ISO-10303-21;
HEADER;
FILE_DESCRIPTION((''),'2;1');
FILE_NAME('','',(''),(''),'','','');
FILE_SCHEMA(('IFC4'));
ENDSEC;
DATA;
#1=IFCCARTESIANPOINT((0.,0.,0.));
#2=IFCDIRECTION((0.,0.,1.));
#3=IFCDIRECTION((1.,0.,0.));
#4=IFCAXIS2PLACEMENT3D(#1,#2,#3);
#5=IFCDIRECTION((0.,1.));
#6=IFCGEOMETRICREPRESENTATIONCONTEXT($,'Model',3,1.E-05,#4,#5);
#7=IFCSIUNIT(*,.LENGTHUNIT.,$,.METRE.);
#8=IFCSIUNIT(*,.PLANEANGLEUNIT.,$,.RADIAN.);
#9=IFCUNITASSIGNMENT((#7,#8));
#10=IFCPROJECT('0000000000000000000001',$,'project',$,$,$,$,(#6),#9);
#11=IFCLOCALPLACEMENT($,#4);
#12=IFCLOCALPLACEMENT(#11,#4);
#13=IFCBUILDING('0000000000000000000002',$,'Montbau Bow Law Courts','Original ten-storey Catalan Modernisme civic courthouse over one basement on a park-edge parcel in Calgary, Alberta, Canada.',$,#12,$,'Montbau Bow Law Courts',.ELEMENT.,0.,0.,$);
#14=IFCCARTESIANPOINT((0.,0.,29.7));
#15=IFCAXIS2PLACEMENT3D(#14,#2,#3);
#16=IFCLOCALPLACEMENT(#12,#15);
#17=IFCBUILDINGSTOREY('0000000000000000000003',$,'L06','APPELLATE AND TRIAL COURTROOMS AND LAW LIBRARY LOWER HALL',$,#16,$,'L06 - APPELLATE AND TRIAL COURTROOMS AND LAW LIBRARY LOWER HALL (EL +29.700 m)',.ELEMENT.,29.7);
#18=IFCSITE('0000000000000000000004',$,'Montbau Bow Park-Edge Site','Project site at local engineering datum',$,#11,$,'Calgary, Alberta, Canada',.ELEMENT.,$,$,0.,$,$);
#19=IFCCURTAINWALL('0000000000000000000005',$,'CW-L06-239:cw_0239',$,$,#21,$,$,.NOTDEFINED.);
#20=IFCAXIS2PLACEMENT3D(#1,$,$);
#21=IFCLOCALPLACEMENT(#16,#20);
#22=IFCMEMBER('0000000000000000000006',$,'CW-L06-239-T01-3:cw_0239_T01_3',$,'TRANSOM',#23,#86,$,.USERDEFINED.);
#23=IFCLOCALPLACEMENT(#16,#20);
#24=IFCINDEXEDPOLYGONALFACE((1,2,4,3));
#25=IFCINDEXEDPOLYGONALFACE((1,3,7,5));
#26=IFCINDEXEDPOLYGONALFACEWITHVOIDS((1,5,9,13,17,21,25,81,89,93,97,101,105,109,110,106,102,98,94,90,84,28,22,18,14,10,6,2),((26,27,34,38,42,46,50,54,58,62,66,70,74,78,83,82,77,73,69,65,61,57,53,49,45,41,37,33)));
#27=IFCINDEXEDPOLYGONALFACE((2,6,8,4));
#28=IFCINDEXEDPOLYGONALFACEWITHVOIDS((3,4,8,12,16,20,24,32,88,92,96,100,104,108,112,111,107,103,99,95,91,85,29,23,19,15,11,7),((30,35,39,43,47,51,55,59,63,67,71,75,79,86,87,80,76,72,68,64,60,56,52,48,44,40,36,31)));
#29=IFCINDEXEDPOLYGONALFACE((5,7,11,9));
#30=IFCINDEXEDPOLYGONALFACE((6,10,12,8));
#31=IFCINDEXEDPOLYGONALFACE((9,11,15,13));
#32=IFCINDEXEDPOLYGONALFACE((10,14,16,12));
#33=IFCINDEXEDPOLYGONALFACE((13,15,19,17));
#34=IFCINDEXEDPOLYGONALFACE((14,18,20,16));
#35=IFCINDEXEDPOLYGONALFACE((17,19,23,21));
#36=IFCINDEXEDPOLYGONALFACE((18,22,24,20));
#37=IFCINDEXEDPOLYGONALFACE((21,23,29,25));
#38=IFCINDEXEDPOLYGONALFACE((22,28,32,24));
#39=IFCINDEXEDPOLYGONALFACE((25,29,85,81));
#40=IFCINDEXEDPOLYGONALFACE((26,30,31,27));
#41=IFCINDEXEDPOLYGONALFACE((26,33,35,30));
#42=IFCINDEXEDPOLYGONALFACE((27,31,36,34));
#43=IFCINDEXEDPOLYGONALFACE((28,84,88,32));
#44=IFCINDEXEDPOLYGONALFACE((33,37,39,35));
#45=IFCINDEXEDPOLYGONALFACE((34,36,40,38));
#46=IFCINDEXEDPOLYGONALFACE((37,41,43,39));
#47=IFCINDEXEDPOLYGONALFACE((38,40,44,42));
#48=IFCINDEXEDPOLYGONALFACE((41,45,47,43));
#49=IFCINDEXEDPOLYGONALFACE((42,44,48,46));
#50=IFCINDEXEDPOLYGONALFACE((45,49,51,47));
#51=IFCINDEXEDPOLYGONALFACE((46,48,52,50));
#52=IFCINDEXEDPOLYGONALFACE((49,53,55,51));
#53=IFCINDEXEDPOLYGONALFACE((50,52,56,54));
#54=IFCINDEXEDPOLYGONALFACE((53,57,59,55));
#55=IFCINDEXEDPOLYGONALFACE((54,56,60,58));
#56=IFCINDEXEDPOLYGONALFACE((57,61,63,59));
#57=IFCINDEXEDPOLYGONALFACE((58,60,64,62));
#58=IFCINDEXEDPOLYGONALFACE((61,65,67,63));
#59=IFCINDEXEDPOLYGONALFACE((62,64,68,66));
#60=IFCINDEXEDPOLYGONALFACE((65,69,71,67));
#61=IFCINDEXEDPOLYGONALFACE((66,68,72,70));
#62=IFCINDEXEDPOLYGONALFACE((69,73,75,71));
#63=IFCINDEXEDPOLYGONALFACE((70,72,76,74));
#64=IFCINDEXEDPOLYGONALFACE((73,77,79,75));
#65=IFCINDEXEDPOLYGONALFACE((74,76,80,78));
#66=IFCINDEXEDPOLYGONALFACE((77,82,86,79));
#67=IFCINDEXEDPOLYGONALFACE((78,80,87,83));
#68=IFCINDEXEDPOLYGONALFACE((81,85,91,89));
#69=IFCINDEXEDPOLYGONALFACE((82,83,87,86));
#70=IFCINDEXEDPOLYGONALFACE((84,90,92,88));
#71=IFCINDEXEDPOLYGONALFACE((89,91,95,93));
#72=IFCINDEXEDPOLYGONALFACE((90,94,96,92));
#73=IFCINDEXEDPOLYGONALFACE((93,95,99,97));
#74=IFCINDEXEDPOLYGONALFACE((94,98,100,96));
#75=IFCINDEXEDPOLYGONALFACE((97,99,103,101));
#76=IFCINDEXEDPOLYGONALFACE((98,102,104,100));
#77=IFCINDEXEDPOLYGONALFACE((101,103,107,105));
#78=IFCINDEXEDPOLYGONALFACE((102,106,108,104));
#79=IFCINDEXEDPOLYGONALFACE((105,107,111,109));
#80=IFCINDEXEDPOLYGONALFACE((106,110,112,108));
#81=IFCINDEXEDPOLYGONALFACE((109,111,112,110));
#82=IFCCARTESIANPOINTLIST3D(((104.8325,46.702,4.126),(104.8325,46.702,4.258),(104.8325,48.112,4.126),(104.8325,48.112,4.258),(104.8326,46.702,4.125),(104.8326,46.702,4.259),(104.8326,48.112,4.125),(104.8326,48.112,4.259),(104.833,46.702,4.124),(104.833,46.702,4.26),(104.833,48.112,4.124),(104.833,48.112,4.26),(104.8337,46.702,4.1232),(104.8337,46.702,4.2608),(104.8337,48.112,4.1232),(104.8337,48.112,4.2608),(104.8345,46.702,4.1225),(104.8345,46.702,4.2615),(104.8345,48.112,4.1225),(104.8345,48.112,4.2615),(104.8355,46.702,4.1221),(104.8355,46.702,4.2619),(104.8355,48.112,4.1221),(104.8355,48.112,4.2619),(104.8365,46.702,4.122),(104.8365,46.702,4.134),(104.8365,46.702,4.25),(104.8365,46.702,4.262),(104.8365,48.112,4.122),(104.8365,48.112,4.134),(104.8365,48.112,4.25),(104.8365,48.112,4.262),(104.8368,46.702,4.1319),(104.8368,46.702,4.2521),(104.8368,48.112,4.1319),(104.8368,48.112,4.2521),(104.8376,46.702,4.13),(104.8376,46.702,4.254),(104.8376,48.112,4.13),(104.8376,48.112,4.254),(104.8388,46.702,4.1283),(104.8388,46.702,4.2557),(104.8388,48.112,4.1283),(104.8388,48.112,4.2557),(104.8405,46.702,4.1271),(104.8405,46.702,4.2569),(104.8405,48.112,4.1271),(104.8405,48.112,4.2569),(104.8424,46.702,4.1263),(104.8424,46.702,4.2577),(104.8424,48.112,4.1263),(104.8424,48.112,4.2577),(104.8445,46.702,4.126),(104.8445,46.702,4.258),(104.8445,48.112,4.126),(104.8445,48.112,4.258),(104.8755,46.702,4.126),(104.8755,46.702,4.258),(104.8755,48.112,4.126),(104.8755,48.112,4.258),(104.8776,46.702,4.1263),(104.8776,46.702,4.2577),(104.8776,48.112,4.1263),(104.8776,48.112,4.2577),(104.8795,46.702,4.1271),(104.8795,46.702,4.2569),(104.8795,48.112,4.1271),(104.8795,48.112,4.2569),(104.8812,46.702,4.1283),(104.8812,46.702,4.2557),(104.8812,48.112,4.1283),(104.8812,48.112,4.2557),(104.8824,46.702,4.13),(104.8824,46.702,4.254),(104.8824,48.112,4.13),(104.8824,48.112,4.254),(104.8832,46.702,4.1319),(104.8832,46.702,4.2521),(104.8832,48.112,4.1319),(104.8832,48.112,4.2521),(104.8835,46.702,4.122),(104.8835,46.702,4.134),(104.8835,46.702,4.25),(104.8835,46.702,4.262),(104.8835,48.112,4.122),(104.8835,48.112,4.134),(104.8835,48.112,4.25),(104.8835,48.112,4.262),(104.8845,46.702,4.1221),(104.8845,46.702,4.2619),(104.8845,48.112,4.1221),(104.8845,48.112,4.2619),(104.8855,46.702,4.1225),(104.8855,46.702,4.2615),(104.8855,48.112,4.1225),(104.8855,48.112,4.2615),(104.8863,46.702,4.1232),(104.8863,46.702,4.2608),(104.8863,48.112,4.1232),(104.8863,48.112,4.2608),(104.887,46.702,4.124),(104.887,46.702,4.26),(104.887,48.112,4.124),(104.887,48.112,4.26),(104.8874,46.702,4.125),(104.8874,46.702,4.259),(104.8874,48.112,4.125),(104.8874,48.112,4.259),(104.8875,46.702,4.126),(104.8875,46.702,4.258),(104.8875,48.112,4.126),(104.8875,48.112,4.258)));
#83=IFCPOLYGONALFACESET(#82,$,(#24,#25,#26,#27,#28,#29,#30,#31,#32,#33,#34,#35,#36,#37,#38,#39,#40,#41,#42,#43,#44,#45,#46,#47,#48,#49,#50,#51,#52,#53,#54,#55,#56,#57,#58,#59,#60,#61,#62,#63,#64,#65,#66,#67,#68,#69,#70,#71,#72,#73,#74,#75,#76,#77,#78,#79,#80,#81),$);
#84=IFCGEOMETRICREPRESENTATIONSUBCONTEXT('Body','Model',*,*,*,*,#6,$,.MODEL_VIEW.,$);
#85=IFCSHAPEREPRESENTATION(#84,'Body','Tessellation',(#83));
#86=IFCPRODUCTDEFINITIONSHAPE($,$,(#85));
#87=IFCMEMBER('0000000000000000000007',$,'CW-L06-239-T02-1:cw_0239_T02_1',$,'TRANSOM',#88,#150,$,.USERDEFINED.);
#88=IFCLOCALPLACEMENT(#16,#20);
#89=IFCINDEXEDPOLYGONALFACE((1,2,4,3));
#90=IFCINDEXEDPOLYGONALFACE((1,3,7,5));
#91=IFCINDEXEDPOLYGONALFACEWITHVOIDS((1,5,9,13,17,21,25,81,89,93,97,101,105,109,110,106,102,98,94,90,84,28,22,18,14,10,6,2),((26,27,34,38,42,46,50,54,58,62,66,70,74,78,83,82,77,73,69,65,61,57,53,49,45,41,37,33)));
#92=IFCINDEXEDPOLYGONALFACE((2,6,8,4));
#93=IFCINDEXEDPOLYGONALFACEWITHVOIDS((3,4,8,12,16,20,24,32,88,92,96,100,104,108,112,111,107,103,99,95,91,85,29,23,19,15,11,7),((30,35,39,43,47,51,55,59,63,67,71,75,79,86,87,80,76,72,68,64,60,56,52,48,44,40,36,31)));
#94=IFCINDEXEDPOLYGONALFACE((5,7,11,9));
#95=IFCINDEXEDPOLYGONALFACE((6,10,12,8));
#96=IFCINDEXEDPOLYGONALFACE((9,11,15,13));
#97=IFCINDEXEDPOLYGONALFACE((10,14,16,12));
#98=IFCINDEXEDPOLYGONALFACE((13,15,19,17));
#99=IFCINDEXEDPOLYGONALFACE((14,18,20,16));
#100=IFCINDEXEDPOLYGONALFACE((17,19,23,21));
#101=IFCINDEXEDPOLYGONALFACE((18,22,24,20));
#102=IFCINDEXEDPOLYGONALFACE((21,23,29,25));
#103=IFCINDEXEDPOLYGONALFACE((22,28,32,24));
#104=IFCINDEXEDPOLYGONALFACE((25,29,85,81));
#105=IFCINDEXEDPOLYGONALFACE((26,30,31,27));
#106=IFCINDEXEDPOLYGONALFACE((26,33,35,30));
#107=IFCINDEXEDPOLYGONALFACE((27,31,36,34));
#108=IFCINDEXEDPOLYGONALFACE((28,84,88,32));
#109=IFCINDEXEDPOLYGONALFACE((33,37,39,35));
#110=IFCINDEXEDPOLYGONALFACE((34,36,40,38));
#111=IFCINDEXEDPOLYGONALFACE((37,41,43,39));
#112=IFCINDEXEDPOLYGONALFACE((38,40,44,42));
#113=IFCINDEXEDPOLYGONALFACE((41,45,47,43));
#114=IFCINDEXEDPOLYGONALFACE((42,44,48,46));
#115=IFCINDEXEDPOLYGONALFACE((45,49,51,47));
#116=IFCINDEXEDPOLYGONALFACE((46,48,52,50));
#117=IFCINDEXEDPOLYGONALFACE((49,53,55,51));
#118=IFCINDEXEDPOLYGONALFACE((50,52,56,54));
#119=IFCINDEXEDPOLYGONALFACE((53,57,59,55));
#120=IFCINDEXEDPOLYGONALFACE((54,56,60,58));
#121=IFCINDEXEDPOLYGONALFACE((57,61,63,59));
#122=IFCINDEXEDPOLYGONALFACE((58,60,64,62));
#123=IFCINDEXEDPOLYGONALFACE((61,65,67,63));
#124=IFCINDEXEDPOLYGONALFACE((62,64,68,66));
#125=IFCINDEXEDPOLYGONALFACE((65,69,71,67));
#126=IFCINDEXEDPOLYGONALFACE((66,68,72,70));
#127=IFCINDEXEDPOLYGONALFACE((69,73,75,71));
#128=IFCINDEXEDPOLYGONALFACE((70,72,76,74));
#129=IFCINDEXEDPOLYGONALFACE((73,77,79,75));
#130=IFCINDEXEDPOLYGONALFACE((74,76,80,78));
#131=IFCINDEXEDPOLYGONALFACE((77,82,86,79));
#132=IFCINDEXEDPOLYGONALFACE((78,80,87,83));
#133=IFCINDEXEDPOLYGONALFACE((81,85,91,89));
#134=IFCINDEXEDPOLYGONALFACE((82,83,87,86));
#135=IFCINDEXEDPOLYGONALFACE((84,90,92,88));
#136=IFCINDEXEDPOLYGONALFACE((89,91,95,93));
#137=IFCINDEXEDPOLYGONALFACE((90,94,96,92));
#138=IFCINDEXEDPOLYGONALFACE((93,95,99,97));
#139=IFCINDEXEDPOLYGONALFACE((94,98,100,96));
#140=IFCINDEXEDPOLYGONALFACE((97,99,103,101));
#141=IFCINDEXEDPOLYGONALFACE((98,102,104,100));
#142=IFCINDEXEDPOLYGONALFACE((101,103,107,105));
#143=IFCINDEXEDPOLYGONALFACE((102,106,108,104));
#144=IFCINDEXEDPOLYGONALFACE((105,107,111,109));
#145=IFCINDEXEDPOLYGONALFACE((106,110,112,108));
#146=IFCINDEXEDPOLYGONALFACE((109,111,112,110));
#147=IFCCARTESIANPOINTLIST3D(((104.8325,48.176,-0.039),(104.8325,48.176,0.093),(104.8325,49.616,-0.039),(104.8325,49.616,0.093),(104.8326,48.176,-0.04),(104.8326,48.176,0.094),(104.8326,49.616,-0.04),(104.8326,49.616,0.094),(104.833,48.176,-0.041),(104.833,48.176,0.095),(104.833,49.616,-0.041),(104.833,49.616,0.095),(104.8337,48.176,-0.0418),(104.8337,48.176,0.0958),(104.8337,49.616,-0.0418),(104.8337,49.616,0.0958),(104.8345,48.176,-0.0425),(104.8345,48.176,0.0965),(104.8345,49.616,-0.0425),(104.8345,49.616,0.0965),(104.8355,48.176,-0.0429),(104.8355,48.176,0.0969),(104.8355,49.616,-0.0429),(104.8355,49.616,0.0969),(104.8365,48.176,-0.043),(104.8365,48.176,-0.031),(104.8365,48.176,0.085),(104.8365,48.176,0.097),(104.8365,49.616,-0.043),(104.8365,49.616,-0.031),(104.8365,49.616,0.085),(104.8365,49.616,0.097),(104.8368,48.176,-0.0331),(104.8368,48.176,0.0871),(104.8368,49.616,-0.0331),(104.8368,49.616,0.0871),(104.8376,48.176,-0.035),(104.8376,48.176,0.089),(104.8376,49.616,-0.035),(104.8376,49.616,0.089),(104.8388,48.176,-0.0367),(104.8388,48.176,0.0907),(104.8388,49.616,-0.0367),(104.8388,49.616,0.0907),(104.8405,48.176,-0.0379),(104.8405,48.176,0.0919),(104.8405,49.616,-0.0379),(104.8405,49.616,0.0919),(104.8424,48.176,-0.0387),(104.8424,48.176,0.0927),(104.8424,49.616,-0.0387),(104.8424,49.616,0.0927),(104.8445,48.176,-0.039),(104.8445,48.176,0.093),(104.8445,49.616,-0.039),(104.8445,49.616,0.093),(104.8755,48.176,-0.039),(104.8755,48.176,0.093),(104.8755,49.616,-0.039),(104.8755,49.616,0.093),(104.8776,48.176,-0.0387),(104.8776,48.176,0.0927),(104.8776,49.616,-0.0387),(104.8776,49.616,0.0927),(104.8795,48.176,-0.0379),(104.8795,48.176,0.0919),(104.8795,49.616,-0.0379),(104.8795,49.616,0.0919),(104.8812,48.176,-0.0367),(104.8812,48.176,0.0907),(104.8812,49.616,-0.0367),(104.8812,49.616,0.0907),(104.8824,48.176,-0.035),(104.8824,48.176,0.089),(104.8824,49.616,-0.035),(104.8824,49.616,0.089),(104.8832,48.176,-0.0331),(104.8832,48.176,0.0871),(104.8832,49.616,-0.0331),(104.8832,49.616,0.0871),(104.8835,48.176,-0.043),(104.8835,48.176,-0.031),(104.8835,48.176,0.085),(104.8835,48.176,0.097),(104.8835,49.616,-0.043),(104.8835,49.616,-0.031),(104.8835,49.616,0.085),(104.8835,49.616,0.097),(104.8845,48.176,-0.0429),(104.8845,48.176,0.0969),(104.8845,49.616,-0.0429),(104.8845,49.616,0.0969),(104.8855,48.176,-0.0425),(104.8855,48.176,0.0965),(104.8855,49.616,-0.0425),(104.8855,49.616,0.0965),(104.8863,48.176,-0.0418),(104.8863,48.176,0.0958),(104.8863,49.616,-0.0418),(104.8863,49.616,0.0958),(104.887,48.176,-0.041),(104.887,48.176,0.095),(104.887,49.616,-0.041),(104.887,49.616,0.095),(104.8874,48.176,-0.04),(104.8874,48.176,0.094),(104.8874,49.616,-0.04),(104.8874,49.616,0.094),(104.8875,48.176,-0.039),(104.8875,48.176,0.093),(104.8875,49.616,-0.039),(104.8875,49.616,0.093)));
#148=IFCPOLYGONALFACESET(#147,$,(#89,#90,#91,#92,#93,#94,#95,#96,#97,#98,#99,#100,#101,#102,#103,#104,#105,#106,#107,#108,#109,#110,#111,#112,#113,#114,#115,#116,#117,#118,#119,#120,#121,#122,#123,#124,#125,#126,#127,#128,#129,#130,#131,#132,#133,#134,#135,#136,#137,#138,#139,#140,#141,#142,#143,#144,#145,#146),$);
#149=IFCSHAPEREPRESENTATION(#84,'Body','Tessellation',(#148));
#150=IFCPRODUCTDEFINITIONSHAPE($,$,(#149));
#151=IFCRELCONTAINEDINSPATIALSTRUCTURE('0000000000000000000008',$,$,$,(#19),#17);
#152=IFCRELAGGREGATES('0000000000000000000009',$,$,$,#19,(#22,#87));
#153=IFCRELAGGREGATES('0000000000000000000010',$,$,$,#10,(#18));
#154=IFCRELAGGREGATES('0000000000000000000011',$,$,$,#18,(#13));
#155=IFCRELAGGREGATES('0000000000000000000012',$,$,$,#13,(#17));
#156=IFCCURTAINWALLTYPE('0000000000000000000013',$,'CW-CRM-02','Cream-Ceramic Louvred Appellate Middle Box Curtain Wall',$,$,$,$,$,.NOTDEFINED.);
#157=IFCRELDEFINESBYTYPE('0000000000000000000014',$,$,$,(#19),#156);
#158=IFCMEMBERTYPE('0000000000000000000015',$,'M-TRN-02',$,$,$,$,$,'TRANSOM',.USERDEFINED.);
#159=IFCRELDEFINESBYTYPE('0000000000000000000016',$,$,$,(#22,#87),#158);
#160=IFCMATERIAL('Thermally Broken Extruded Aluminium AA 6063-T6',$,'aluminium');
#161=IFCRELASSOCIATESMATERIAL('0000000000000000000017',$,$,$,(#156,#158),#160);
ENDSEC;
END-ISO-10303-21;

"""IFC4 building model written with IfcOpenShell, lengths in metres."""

from ifc_helpers import new_model, si_unit, direction, frame, origin_with_axes, origin_2d_with_axis, place, context, subcontext, project, spatial, hollow_rectangle, extrude, material, material_profile, profile_set, type_object, element, aggregate, save


model = new_model("IFC4")

# Units and contexts
model_context = context("Model", 3, precision=1e-05, world=origin_with_axes(), true_north=direction((0.0, 1.0)))
body_context = subcontext(model_context, "Body", "Model", "MODEL_VIEW")
ifc_project = project(units=[si_unit("LENGTHUNIT", "METRE"), si_unit("PLANEANGLEUNIT", "RADIAN")], contexts=[model_context])

# Site, building, storey
site_placement = place(None, origin_with_axes())
site = spatial("IfcSite", under=ifc_project, at=site_placement, Name="Montbau Bow Park-Edge Site", Description="Project site at local engineering datum", LongName="Calgary, Alberta, Canada", CompositionType="ELEMENT", RefElevation=0.0)
building_placement = place(site_placement, origin_with_axes())
building = spatial("IfcBuilding", under=site, at=building_placement, Name="Montbau Bow Law Courts", Description="Original ten-storey Catalan Modernisme civic courthouse over one basement on a park-edge parcel in Calgary, Alberta, Canada.", LongName="Montbau Bow Law Courts", CompositionType="ELEMENT", ElevationOfRefHeight=0.0, ElevationOfTerrain=0.0)
storey_placement = place(building_placement, frame((0.0, 0.0, 29.7), z_axis=(0.0, 0.0, 1.0), x_axis=(1.0, 0.0, 0.0)))
storey = spatial("IfcBuildingStorey", under=building, at=storey_placement, Name="L06", Description="APPELLATE AND TRIAL COURTROOMS AND LAW LIBRARY LOWER HALL", LongName="L06 - APPELLATE AND TRIAL COURTROOMS AND LAW LIBRARY LOWER HALL (EL +29.700 m)", CompositionType="ELEMENT", Elevation=29.7)

# Shared definitions
ifc_material_1 = material(Name="Thermally Broken Extruded Aluminium AA 6063-T6", Category="aluminium")
curtain_wall_type = type_object("IfcCurtainWallType", Name="CW-CRM-02", Description="Cream-Ceramic Louvred Appellate Middle Box Curtain Wall", PredefinedType="NOTDEFINED", material=ifc_material_1)

# Curtain wall
curtain_wall_1_placement = place(None, frame((104.86, 46.64, 29.7), z_axis=(0.0, 0.0, 1.0), x_axis=(1.0, 0.0, 0.0)))
curtain_wall_1 = element("IfcCurtainWall", 1, at=curtain_wall_1_placement, inside=storey, type_object=curtain_wall_type, Name="CW-L06-239:cw_0239", PredefinedType="NOTDEFINED")

# Members
ifc_material_profile_1 = material_profile(ifc_material_1, hollow_rectangle(XDim=0.055, YDim=0.14, WallThickness=0.004, InnerFilletRadius=0.008, OuterFilletRadius=0.004, at=origin_2d_with_axis()), Name="CWT-140X55", Category="Main", Priority=0)
ifc_profile_set_1 = profile_set([ifc_material_profile_1], Name="Thermally Broken Extruded Aluminium AA 6063-T6")
member_type_1 = type_object("IfcMemberType", Name="M-TRN-02", ElementType="TRANSOM", PredefinedType="USERDEFINED", material=ifc_profile_set_1)
member_1_placement = place(None, frame((104.86, 46.702, 33.892), z_axis=(0.0, 1.0, 0.0), x_axis=(-1.0, 0.0, 0.0)))
member_1 = element("IfcMember", 2, at=member_1_placement, type_object=member_type_1, Name="CW-L06-239-T01-3:cw_0239_T01_3", ObjectType="TRANSOM", PredefinedType="USERDEFINED", context=body_context, shape_type="SweptSolid", body=[
    extrude(hollow_rectangle(XDim=0.055, YDim=0.14, WallThickness=0.004, InnerFilletRadius=0.008, OuterFilletRadius=0.004, at=origin_2d_with_axis()), origin_with_axes(), (0.0, 0.0, 1.0), 1.41),
])
member_2_placement = place(None, frame((104.86, 48.176, 29.727), z_axis=(0.0, 1.0, 0.0), x_axis=(-1.0, 0.0, 0.0)))
member_2 = element("IfcMember", 3, at=member_2_placement, type_object=member_type_1, Name="CW-L06-239-T02-1:cw_0239_T02_1", ObjectType="TRANSOM", PredefinedType="USERDEFINED", context=body_context, shape_type="SweptSolid", body=[
    extrude(hollow_rectangle(XDim=0.055, YDim=0.14, WallThickness=0.004, InnerFilletRadius=0.008, OuterFilletRadius=0.004, at=origin_2d_with_axis()), origin_with_axes(), (0.0, 0.0, 1.0), 1.44),
])

aggregate(curtain_wall_1, [member_1, member_2])

save(model, "model.ifc")
